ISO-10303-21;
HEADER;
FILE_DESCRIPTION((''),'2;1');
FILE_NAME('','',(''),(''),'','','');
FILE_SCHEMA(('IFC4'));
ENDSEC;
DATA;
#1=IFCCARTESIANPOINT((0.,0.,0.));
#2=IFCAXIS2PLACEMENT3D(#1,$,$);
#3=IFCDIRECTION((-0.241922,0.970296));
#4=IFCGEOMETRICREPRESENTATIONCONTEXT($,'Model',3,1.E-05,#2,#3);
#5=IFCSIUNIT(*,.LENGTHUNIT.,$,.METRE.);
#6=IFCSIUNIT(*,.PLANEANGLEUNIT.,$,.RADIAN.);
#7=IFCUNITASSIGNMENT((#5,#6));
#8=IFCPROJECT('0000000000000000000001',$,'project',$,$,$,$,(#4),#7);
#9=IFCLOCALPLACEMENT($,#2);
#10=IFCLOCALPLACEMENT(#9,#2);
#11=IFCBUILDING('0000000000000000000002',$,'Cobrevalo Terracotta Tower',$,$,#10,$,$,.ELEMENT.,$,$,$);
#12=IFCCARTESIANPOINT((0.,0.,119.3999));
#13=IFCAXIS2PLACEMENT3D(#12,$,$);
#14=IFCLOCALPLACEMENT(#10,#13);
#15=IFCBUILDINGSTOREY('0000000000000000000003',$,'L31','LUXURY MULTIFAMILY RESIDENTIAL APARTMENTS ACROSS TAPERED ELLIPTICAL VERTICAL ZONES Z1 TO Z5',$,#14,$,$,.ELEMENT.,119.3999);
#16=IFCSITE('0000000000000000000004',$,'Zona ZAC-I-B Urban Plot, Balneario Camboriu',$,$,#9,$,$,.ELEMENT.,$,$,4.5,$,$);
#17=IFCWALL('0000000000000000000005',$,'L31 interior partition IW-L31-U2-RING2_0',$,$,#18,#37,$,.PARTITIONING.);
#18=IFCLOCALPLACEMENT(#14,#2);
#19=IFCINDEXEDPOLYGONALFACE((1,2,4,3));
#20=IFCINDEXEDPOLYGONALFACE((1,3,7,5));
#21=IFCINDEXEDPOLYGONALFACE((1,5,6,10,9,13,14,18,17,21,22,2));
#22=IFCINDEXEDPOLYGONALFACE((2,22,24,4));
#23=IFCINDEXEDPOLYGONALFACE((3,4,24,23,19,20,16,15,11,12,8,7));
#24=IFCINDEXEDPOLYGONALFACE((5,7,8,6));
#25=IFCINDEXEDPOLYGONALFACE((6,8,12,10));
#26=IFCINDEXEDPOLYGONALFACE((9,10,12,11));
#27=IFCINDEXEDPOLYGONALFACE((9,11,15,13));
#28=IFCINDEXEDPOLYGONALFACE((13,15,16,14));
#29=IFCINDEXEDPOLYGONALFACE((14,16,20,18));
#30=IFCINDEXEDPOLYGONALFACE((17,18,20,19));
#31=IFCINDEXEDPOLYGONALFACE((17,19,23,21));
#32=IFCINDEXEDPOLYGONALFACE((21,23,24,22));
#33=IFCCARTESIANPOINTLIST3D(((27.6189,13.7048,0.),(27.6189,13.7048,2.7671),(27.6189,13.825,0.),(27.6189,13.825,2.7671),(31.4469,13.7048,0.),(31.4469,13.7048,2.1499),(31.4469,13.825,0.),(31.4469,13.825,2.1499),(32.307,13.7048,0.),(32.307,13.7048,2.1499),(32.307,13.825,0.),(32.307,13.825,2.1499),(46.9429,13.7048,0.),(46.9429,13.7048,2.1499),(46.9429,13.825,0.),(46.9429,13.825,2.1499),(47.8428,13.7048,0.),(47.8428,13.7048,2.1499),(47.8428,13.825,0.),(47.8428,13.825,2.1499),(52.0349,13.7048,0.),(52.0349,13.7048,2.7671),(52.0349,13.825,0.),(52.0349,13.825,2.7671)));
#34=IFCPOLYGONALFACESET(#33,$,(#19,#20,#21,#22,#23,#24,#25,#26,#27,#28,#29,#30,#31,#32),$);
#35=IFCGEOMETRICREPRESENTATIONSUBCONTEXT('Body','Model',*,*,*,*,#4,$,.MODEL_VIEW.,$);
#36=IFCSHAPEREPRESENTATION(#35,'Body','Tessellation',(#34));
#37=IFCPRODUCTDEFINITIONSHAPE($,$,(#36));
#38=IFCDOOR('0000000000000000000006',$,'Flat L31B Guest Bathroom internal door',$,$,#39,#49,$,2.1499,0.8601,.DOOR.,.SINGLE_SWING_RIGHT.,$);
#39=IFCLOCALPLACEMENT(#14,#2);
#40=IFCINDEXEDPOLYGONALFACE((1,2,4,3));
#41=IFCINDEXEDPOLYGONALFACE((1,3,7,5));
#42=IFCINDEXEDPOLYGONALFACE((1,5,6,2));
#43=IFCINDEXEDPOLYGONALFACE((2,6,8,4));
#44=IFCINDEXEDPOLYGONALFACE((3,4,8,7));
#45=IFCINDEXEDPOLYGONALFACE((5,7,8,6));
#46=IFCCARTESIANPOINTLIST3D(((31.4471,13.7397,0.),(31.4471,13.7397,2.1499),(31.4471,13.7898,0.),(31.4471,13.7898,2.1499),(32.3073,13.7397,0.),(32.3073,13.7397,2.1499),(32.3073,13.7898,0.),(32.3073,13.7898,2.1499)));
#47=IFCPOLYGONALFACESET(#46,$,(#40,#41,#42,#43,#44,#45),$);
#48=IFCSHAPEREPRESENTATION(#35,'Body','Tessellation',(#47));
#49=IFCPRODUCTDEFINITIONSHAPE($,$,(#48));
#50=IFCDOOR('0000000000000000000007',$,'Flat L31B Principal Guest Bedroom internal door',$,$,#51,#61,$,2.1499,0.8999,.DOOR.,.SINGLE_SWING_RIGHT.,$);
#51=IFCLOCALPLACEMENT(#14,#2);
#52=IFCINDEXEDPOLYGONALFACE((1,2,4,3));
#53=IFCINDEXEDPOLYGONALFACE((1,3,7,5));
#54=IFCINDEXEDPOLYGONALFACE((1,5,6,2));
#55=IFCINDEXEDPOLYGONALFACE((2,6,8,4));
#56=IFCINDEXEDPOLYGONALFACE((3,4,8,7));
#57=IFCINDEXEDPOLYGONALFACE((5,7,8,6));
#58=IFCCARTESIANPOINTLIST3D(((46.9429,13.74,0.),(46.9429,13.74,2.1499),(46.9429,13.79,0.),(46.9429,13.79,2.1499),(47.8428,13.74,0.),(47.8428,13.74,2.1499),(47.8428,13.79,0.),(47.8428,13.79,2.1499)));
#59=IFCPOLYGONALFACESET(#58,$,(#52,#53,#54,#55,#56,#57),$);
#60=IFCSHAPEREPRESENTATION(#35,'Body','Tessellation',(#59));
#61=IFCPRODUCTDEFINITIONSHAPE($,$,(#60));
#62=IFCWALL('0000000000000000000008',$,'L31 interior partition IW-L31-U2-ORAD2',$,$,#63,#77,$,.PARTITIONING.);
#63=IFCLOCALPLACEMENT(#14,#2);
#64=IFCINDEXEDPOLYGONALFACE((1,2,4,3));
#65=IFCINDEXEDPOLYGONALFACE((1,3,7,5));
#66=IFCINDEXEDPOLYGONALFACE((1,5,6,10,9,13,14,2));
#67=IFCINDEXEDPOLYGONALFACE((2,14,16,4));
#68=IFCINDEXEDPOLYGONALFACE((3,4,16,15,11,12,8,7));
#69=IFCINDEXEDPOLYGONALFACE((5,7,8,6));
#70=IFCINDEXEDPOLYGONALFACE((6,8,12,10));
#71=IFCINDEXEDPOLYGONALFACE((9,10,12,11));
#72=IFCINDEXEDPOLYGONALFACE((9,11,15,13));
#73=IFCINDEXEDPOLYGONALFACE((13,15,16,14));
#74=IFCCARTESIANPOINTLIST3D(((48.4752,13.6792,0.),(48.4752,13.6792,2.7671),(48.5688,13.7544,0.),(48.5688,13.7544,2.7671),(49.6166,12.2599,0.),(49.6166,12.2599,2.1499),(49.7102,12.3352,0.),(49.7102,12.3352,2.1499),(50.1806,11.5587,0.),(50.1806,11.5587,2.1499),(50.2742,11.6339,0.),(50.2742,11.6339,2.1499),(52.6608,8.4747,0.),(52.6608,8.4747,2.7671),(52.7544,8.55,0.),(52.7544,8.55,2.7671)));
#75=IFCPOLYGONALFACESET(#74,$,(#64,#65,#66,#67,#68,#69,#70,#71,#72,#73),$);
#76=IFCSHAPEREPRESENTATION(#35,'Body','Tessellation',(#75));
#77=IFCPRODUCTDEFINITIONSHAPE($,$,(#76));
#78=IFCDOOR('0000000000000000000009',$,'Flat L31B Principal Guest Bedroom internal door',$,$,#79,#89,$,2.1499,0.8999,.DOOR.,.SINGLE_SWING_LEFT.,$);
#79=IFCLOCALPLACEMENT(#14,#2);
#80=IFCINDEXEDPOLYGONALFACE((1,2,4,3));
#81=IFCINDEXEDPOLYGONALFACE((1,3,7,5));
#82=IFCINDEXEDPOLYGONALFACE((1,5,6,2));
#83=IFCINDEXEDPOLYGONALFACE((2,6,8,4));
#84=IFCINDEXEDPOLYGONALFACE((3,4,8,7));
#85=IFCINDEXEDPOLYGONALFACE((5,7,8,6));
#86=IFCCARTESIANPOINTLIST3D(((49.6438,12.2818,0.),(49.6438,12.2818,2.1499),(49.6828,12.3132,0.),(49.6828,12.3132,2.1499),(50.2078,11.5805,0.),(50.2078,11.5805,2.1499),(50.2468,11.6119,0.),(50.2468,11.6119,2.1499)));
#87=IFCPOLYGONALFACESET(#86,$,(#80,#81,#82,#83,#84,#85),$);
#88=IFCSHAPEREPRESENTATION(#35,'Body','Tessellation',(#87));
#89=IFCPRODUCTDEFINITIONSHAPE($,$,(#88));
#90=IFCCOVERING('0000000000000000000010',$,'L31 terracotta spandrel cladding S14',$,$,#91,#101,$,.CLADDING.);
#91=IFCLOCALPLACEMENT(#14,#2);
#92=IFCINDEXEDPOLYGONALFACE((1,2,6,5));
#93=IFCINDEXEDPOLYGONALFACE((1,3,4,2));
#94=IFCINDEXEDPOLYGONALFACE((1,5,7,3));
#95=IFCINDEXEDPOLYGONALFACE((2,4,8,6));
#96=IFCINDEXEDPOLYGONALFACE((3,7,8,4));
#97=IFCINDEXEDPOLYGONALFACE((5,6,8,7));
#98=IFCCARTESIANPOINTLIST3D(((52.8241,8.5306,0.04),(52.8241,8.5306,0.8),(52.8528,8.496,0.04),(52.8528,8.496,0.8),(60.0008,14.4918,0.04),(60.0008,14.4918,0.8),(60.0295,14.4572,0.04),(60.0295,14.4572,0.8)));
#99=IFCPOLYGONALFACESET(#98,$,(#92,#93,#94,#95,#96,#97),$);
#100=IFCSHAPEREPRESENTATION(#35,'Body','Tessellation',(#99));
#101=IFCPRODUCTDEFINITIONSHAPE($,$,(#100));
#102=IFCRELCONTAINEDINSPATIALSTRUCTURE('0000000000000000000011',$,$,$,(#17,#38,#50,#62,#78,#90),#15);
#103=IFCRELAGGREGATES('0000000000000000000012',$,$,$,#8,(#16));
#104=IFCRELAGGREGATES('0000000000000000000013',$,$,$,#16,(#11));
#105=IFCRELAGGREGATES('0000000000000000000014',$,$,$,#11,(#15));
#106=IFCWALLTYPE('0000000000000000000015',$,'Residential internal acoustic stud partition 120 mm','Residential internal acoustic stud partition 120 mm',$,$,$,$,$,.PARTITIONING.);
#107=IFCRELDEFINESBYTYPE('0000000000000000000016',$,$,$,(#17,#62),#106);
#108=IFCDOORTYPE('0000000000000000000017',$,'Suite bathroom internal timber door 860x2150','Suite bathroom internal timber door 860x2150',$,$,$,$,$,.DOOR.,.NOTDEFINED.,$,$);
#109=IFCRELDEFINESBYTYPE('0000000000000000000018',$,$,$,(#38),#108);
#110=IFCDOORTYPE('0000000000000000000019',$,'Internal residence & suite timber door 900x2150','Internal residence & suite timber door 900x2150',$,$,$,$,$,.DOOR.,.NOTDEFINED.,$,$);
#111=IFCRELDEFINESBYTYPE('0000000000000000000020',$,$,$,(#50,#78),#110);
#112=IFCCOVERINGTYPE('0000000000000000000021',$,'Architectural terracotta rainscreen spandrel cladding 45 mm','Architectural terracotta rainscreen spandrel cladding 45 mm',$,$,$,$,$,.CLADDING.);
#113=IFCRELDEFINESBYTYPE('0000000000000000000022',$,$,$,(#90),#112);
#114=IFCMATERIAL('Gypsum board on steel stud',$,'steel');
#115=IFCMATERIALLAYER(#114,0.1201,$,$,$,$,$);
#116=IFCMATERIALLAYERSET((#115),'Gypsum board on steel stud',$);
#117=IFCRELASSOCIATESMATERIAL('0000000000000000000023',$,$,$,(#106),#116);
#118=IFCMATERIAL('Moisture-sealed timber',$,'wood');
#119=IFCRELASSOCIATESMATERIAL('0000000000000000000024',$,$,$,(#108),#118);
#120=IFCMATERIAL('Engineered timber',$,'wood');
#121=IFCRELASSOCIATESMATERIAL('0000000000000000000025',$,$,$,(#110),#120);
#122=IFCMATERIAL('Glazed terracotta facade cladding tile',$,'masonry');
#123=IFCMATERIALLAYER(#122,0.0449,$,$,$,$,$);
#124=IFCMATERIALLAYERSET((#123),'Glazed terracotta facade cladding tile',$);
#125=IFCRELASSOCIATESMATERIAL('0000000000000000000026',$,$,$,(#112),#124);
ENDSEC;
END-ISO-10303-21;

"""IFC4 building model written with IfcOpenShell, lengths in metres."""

from ifc_helpers import new_model, si_unit, direction, frame, frame_2d, origin, origin_2d, place, context, subcontext, project, spatial, rectangle, extrude, source, transform, mapped, material, layer, layer_set, type_object, element, fill, save


model = new_model("IFC4")

# Units and contexts
model_context = context("Model", 3, precision=1e-05, world=origin(), true_north=direction((-0.241922, 0.970296)))
body_context = subcontext(model_context, "Body", "Model", "MODEL_VIEW")
ifc_project = project(units=[si_unit("LENGTHUNIT", "METRE"), si_unit("PLANEANGLEUNIT", "RADIAN")], contexts=[model_context])

# Site, building, storey
site_placement = place(None, origin())
site = spatial("IfcSite", under=ifc_project, at=site_placement, Name="Zona ZAC-I-B Urban Plot, Balneario Camboriu", CompositionType="ELEMENT", RefElevation=4.5)
building_placement = place(site_placement, origin())
building = spatial("IfcBuilding", under=site, at=building_placement, Name="Cobrevalo Terracotta Tower", CompositionType="ELEMENT")
storey_placement = place(building_placement, frame((0.0, 0.0, 119.3999)))
storey = spatial("IfcBuildingStorey", under=building, at=storey_placement, Name="L31", Description="LUXURY MULTIFAMILY RESIDENTIAL APARTMENTS ACROSS TAPERED ELLIPTICAL VERTICAL ZONES Z1 TO Z5", CompositionType="ELEMENT", Elevation=119.3999)

# Wall, openings, doors
ifc_material_1 = material(Name="Gypsum board on steel stud", Category="steel")
ifc_layer_1 = layer(ifc_material_1, 0.1201)
ifc_layer_set_1 = layer_set([ifc_layer_1], Name="Gypsum board on steel stud")
wall_type_1 = type_object("IfcWallType", Name="Residential internal acoustic stud partition 120 mm", Description="Residential internal acoustic stud partition 120 mm", PredefinedType="PARTITIONING", material=ifc_layer_set_1)
wall_1_placement = place(storey_placement, frame((52.0349, 13.7649, 0.0), z_axis=(0.0, 0.0, 1.0), x_axis=(-1.0, 0.0, 0.0)))
wall_1 = element("IfcWall", 1, at=wall_1_placement, inside=storey, type_object=wall_type_1, Name="L31 interior partition IW-L31-U2-RING2_0", PredefinedType="PARTITIONING", context=body_context, shape_type="SweptSolid", body=[
    extrude(rectangle(XDim=24.416, YDim=0.1201, at=frame_2d((12.208, 0.0))), origin(), (0.0, 0.0, 1.0), 2.7671),
])
opening_1_placement = place(wall_1_placement, frame((4.1921, 0.0, 0.0)))
opening_1 = element("IfcOpeningElement", 2, at=opening_1_placement, cuts=wall_1, PredefinedType="OPENING", context=body_context, shape_type="SweptSolid", body=[
    extrude(rectangle(XDim=0.8999, YDim=2.1499, at=frame_2d((0.45, 1.075))), frame((0.0, 0.0701, 0.0), z_axis=(0.0, -1.0, 0.0), x_axis=(1.0, 0.0, 0.0)), (0.0, 0.0, 1.0), 0.1401),
])
opening_2_placement = place(wall_1_placement, frame((19.7278, 0.0, 0.0)))
opening_2 = element("IfcOpeningElement", 3, at=opening_2_placement, cuts=wall_1, PredefinedType="OPENING", context=body_context, shape_type="SweptSolid", body=[
    extrude(rectangle(XDim=0.8601, YDim=2.1499, at=frame_2d((0.4302, 1.075))), frame((0.0, 0.0701, 0.0), z_axis=(0.0, -1.0, 0.0), x_axis=(1.0, 0.0, 0.0)), (0.0, 0.0, 1.0), 0.1401),
])
ifc_material_2 = material(Name="Moisture-sealed timber", Category="wood")
door_type_1 = type_object("IfcDoorType", Name="Suite bathroom internal timber door 860x2150", Description="Suite bathroom internal timber door 860x2150", OperationType="NOTDEFINED", PredefinedType="DOOR", material=ifc_material_2)
shared_shape_1 = source(origin(), body_context, "Body", "SweptSolid", [
    extrude(rectangle(XDim=0.8601, YDim=2.1499, at=frame_2d((0.4302, 1.075))), frame((0.0, 0.0249, 0.0), z_axis=(0.0, -1.0, 0.0), x_axis=(1.0, 0.0, 0.0)), (0.0, 0.0, 1.0), 0.05),
])
door_1_placement = place(opening_2_placement, frame((0.8601, 0.0, 0.0), z_axis=(0.0, 0.0, 1.0), x_axis=(-1.0, 0.0, 0.0)))
door_1 = element("IfcDoor", 4, at=door_1_placement, inside=storey, type_object=door_type_1, Name="Flat L31B Guest Bathroom internal door", OperationType="SINGLE_SWING_RIGHT", OverallHeight=2.1499, OverallWidth=0.8601, PredefinedType="DOOR", context=body_context, shape_type="MappedRepresentation", body=[
    mapped(shared_shape_1, transform((0.0, 0.0, 0.0), scale=1.0)),
])
fill(opening_2, door_1)
ifc_material_3 = material(Name="Engineered timber", Category="wood")
door_type_2 = type_object("IfcDoorType", Name="Internal residence & suite timber door 900x2150", Description="Internal residence & suite timber door 900x2150", OperationType="NOTDEFINED", PredefinedType="DOOR", material=ifc_material_3)
shared_shape_2 = source(origin(), body_context, "Body", "SweptSolid", [
    extrude(rectangle(XDim=0.8999, YDim=2.1499, at=frame_2d((0.45, 1.075))), frame((0.0, 0.0249, 0.0), z_axis=(0.0, -1.0, 0.0), x_axis=(1.0, 0.0, 0.0)), (0.0, 0.0, 1.0), 0.05),
])
door_2_placement = place(opening_1_placement, origin())
door_2 = element("IfcDoor", 5, at=door_2_placement, inside=storey, type_object=door_type_2, Name="Flat L31B Principal Guest Bedroom internal door", OperationType="SINGLE_SWING_RIGHT", OverallHeight=2.1499, OverallWidth=0.8999, PredefinedType="DOOR", context=body_context, shape_type="MappedRepresentation", body=[
    mapped(shared_shape_2, transform((0.0, 0.0, 0.0), scale=1.0)),
])
fill(opening_1, door_2)

# Wall, opening, door
wall_2_placement = place(storey_placement, frame((48.522, 13.7168, 0.0), z_axis=(0.0, 0.0, 1.0), x_axis=(0.626708, -0.779254, 0.0)))
wall_2 = element("IfcWall", 6, at=wall_2_placement, inside=storey, type_object=wall_type_1, Name="L31 interior partition IW-L31-U2-ORAD2", PredefinedType="PARTITIONING", context=body_context, shape_type="SweptSolid", body=[
    extrude(rectangle(XDim=6.6787, YDim=0.1201, at=frame_2d((3.3394, 0.0))), origin(), (0.0, 0.0, 1.0), 2.7671),
])
opening_3_placement = place(wall_2_placement, frame((1.8213, 0.0, 0.0)))
opening_3 = element("IfcOpeningElement", 7, at=opening_3_placement, cuts=wall_2, PredefinedType="OPENING", context=body_context, shape_type="SweptSolid", body=[
    extrude(rectangle(XDim=0.8999, YDim=2.1499, at=frame_2d((0.45, 1.075))), frame((0.0, 0.0701, 0.0), z_axis=(0.0, -1.0, 0.0), x_axis=(1.0, 0.0, 0.0)), (0.0, 0.0, 1.0), 0.1401),
])
door_3_placement = place(opening_3_placement, origin())
door_3 = element("IfcDoor", 8, at=door_3_placement, inside=storey, type_object=door_type_2, Name="Flat L31B Principal Guest Bedroom internal door", OperationType="SINGLE_SWING_LEFT", OverallHeight=2.1499, OverallWidth=0.8999, PredefinedType="DOOR", context=body_context, shape_type="MappedRepresentation", body=[
    mapped(shared_shape_2, transform((0.0, 0.0, 0.0), scale=1.0)),
])
fill(opening_3, door_3)

# Covering
ifc_material_4 = material(Name="Glazed terracotta facade cladding tile", Category="masonry")
ifc_layer_2 = layer(ifc_material_4, 0.0449)
ifc_layer_set_2 = layer_set([ifc_layer_2], Name="Glazed terracotta facade cladding tile")
covering_type = type_object("IfcCoveringType", Name="Architectural terracotta rainscreen spandrel cladding 45 mm", Description="Architectural terracotta rainscreen spandrel cladding 45 mm", PredefinedType="CLADDING", material=ifc_layer_set_2)
shared_shape_3 = source(origin(), body_context, "Body", "SweptSolid", [
    extrude(rectangle(XDim=9.3296, YDim=0.0449, at=origin_2d()), origin(), (0.0, 0.0, 1.0), 0.76),
])
covering_placement = place(storey_placement, frame((56.4268, 11.4939, 0.04), z_axis=(0.0, 0.0, 1.0), x_axis=(0.769241, 0.638958, 0.0)))
element("IfcCovering", 9, at=covering_placement, inside=storey, type_object=covering_type, Name="L31 terracotta spandrel cladding S14", PredefinedType="CLADDING", context=body_context, shape_type="MappedRepresentation", body=[
    mapped(shared_shape_3, transform((0.0, 0.0, 0.0), scale=1.0)),
])

save(model, "model.ifc")
